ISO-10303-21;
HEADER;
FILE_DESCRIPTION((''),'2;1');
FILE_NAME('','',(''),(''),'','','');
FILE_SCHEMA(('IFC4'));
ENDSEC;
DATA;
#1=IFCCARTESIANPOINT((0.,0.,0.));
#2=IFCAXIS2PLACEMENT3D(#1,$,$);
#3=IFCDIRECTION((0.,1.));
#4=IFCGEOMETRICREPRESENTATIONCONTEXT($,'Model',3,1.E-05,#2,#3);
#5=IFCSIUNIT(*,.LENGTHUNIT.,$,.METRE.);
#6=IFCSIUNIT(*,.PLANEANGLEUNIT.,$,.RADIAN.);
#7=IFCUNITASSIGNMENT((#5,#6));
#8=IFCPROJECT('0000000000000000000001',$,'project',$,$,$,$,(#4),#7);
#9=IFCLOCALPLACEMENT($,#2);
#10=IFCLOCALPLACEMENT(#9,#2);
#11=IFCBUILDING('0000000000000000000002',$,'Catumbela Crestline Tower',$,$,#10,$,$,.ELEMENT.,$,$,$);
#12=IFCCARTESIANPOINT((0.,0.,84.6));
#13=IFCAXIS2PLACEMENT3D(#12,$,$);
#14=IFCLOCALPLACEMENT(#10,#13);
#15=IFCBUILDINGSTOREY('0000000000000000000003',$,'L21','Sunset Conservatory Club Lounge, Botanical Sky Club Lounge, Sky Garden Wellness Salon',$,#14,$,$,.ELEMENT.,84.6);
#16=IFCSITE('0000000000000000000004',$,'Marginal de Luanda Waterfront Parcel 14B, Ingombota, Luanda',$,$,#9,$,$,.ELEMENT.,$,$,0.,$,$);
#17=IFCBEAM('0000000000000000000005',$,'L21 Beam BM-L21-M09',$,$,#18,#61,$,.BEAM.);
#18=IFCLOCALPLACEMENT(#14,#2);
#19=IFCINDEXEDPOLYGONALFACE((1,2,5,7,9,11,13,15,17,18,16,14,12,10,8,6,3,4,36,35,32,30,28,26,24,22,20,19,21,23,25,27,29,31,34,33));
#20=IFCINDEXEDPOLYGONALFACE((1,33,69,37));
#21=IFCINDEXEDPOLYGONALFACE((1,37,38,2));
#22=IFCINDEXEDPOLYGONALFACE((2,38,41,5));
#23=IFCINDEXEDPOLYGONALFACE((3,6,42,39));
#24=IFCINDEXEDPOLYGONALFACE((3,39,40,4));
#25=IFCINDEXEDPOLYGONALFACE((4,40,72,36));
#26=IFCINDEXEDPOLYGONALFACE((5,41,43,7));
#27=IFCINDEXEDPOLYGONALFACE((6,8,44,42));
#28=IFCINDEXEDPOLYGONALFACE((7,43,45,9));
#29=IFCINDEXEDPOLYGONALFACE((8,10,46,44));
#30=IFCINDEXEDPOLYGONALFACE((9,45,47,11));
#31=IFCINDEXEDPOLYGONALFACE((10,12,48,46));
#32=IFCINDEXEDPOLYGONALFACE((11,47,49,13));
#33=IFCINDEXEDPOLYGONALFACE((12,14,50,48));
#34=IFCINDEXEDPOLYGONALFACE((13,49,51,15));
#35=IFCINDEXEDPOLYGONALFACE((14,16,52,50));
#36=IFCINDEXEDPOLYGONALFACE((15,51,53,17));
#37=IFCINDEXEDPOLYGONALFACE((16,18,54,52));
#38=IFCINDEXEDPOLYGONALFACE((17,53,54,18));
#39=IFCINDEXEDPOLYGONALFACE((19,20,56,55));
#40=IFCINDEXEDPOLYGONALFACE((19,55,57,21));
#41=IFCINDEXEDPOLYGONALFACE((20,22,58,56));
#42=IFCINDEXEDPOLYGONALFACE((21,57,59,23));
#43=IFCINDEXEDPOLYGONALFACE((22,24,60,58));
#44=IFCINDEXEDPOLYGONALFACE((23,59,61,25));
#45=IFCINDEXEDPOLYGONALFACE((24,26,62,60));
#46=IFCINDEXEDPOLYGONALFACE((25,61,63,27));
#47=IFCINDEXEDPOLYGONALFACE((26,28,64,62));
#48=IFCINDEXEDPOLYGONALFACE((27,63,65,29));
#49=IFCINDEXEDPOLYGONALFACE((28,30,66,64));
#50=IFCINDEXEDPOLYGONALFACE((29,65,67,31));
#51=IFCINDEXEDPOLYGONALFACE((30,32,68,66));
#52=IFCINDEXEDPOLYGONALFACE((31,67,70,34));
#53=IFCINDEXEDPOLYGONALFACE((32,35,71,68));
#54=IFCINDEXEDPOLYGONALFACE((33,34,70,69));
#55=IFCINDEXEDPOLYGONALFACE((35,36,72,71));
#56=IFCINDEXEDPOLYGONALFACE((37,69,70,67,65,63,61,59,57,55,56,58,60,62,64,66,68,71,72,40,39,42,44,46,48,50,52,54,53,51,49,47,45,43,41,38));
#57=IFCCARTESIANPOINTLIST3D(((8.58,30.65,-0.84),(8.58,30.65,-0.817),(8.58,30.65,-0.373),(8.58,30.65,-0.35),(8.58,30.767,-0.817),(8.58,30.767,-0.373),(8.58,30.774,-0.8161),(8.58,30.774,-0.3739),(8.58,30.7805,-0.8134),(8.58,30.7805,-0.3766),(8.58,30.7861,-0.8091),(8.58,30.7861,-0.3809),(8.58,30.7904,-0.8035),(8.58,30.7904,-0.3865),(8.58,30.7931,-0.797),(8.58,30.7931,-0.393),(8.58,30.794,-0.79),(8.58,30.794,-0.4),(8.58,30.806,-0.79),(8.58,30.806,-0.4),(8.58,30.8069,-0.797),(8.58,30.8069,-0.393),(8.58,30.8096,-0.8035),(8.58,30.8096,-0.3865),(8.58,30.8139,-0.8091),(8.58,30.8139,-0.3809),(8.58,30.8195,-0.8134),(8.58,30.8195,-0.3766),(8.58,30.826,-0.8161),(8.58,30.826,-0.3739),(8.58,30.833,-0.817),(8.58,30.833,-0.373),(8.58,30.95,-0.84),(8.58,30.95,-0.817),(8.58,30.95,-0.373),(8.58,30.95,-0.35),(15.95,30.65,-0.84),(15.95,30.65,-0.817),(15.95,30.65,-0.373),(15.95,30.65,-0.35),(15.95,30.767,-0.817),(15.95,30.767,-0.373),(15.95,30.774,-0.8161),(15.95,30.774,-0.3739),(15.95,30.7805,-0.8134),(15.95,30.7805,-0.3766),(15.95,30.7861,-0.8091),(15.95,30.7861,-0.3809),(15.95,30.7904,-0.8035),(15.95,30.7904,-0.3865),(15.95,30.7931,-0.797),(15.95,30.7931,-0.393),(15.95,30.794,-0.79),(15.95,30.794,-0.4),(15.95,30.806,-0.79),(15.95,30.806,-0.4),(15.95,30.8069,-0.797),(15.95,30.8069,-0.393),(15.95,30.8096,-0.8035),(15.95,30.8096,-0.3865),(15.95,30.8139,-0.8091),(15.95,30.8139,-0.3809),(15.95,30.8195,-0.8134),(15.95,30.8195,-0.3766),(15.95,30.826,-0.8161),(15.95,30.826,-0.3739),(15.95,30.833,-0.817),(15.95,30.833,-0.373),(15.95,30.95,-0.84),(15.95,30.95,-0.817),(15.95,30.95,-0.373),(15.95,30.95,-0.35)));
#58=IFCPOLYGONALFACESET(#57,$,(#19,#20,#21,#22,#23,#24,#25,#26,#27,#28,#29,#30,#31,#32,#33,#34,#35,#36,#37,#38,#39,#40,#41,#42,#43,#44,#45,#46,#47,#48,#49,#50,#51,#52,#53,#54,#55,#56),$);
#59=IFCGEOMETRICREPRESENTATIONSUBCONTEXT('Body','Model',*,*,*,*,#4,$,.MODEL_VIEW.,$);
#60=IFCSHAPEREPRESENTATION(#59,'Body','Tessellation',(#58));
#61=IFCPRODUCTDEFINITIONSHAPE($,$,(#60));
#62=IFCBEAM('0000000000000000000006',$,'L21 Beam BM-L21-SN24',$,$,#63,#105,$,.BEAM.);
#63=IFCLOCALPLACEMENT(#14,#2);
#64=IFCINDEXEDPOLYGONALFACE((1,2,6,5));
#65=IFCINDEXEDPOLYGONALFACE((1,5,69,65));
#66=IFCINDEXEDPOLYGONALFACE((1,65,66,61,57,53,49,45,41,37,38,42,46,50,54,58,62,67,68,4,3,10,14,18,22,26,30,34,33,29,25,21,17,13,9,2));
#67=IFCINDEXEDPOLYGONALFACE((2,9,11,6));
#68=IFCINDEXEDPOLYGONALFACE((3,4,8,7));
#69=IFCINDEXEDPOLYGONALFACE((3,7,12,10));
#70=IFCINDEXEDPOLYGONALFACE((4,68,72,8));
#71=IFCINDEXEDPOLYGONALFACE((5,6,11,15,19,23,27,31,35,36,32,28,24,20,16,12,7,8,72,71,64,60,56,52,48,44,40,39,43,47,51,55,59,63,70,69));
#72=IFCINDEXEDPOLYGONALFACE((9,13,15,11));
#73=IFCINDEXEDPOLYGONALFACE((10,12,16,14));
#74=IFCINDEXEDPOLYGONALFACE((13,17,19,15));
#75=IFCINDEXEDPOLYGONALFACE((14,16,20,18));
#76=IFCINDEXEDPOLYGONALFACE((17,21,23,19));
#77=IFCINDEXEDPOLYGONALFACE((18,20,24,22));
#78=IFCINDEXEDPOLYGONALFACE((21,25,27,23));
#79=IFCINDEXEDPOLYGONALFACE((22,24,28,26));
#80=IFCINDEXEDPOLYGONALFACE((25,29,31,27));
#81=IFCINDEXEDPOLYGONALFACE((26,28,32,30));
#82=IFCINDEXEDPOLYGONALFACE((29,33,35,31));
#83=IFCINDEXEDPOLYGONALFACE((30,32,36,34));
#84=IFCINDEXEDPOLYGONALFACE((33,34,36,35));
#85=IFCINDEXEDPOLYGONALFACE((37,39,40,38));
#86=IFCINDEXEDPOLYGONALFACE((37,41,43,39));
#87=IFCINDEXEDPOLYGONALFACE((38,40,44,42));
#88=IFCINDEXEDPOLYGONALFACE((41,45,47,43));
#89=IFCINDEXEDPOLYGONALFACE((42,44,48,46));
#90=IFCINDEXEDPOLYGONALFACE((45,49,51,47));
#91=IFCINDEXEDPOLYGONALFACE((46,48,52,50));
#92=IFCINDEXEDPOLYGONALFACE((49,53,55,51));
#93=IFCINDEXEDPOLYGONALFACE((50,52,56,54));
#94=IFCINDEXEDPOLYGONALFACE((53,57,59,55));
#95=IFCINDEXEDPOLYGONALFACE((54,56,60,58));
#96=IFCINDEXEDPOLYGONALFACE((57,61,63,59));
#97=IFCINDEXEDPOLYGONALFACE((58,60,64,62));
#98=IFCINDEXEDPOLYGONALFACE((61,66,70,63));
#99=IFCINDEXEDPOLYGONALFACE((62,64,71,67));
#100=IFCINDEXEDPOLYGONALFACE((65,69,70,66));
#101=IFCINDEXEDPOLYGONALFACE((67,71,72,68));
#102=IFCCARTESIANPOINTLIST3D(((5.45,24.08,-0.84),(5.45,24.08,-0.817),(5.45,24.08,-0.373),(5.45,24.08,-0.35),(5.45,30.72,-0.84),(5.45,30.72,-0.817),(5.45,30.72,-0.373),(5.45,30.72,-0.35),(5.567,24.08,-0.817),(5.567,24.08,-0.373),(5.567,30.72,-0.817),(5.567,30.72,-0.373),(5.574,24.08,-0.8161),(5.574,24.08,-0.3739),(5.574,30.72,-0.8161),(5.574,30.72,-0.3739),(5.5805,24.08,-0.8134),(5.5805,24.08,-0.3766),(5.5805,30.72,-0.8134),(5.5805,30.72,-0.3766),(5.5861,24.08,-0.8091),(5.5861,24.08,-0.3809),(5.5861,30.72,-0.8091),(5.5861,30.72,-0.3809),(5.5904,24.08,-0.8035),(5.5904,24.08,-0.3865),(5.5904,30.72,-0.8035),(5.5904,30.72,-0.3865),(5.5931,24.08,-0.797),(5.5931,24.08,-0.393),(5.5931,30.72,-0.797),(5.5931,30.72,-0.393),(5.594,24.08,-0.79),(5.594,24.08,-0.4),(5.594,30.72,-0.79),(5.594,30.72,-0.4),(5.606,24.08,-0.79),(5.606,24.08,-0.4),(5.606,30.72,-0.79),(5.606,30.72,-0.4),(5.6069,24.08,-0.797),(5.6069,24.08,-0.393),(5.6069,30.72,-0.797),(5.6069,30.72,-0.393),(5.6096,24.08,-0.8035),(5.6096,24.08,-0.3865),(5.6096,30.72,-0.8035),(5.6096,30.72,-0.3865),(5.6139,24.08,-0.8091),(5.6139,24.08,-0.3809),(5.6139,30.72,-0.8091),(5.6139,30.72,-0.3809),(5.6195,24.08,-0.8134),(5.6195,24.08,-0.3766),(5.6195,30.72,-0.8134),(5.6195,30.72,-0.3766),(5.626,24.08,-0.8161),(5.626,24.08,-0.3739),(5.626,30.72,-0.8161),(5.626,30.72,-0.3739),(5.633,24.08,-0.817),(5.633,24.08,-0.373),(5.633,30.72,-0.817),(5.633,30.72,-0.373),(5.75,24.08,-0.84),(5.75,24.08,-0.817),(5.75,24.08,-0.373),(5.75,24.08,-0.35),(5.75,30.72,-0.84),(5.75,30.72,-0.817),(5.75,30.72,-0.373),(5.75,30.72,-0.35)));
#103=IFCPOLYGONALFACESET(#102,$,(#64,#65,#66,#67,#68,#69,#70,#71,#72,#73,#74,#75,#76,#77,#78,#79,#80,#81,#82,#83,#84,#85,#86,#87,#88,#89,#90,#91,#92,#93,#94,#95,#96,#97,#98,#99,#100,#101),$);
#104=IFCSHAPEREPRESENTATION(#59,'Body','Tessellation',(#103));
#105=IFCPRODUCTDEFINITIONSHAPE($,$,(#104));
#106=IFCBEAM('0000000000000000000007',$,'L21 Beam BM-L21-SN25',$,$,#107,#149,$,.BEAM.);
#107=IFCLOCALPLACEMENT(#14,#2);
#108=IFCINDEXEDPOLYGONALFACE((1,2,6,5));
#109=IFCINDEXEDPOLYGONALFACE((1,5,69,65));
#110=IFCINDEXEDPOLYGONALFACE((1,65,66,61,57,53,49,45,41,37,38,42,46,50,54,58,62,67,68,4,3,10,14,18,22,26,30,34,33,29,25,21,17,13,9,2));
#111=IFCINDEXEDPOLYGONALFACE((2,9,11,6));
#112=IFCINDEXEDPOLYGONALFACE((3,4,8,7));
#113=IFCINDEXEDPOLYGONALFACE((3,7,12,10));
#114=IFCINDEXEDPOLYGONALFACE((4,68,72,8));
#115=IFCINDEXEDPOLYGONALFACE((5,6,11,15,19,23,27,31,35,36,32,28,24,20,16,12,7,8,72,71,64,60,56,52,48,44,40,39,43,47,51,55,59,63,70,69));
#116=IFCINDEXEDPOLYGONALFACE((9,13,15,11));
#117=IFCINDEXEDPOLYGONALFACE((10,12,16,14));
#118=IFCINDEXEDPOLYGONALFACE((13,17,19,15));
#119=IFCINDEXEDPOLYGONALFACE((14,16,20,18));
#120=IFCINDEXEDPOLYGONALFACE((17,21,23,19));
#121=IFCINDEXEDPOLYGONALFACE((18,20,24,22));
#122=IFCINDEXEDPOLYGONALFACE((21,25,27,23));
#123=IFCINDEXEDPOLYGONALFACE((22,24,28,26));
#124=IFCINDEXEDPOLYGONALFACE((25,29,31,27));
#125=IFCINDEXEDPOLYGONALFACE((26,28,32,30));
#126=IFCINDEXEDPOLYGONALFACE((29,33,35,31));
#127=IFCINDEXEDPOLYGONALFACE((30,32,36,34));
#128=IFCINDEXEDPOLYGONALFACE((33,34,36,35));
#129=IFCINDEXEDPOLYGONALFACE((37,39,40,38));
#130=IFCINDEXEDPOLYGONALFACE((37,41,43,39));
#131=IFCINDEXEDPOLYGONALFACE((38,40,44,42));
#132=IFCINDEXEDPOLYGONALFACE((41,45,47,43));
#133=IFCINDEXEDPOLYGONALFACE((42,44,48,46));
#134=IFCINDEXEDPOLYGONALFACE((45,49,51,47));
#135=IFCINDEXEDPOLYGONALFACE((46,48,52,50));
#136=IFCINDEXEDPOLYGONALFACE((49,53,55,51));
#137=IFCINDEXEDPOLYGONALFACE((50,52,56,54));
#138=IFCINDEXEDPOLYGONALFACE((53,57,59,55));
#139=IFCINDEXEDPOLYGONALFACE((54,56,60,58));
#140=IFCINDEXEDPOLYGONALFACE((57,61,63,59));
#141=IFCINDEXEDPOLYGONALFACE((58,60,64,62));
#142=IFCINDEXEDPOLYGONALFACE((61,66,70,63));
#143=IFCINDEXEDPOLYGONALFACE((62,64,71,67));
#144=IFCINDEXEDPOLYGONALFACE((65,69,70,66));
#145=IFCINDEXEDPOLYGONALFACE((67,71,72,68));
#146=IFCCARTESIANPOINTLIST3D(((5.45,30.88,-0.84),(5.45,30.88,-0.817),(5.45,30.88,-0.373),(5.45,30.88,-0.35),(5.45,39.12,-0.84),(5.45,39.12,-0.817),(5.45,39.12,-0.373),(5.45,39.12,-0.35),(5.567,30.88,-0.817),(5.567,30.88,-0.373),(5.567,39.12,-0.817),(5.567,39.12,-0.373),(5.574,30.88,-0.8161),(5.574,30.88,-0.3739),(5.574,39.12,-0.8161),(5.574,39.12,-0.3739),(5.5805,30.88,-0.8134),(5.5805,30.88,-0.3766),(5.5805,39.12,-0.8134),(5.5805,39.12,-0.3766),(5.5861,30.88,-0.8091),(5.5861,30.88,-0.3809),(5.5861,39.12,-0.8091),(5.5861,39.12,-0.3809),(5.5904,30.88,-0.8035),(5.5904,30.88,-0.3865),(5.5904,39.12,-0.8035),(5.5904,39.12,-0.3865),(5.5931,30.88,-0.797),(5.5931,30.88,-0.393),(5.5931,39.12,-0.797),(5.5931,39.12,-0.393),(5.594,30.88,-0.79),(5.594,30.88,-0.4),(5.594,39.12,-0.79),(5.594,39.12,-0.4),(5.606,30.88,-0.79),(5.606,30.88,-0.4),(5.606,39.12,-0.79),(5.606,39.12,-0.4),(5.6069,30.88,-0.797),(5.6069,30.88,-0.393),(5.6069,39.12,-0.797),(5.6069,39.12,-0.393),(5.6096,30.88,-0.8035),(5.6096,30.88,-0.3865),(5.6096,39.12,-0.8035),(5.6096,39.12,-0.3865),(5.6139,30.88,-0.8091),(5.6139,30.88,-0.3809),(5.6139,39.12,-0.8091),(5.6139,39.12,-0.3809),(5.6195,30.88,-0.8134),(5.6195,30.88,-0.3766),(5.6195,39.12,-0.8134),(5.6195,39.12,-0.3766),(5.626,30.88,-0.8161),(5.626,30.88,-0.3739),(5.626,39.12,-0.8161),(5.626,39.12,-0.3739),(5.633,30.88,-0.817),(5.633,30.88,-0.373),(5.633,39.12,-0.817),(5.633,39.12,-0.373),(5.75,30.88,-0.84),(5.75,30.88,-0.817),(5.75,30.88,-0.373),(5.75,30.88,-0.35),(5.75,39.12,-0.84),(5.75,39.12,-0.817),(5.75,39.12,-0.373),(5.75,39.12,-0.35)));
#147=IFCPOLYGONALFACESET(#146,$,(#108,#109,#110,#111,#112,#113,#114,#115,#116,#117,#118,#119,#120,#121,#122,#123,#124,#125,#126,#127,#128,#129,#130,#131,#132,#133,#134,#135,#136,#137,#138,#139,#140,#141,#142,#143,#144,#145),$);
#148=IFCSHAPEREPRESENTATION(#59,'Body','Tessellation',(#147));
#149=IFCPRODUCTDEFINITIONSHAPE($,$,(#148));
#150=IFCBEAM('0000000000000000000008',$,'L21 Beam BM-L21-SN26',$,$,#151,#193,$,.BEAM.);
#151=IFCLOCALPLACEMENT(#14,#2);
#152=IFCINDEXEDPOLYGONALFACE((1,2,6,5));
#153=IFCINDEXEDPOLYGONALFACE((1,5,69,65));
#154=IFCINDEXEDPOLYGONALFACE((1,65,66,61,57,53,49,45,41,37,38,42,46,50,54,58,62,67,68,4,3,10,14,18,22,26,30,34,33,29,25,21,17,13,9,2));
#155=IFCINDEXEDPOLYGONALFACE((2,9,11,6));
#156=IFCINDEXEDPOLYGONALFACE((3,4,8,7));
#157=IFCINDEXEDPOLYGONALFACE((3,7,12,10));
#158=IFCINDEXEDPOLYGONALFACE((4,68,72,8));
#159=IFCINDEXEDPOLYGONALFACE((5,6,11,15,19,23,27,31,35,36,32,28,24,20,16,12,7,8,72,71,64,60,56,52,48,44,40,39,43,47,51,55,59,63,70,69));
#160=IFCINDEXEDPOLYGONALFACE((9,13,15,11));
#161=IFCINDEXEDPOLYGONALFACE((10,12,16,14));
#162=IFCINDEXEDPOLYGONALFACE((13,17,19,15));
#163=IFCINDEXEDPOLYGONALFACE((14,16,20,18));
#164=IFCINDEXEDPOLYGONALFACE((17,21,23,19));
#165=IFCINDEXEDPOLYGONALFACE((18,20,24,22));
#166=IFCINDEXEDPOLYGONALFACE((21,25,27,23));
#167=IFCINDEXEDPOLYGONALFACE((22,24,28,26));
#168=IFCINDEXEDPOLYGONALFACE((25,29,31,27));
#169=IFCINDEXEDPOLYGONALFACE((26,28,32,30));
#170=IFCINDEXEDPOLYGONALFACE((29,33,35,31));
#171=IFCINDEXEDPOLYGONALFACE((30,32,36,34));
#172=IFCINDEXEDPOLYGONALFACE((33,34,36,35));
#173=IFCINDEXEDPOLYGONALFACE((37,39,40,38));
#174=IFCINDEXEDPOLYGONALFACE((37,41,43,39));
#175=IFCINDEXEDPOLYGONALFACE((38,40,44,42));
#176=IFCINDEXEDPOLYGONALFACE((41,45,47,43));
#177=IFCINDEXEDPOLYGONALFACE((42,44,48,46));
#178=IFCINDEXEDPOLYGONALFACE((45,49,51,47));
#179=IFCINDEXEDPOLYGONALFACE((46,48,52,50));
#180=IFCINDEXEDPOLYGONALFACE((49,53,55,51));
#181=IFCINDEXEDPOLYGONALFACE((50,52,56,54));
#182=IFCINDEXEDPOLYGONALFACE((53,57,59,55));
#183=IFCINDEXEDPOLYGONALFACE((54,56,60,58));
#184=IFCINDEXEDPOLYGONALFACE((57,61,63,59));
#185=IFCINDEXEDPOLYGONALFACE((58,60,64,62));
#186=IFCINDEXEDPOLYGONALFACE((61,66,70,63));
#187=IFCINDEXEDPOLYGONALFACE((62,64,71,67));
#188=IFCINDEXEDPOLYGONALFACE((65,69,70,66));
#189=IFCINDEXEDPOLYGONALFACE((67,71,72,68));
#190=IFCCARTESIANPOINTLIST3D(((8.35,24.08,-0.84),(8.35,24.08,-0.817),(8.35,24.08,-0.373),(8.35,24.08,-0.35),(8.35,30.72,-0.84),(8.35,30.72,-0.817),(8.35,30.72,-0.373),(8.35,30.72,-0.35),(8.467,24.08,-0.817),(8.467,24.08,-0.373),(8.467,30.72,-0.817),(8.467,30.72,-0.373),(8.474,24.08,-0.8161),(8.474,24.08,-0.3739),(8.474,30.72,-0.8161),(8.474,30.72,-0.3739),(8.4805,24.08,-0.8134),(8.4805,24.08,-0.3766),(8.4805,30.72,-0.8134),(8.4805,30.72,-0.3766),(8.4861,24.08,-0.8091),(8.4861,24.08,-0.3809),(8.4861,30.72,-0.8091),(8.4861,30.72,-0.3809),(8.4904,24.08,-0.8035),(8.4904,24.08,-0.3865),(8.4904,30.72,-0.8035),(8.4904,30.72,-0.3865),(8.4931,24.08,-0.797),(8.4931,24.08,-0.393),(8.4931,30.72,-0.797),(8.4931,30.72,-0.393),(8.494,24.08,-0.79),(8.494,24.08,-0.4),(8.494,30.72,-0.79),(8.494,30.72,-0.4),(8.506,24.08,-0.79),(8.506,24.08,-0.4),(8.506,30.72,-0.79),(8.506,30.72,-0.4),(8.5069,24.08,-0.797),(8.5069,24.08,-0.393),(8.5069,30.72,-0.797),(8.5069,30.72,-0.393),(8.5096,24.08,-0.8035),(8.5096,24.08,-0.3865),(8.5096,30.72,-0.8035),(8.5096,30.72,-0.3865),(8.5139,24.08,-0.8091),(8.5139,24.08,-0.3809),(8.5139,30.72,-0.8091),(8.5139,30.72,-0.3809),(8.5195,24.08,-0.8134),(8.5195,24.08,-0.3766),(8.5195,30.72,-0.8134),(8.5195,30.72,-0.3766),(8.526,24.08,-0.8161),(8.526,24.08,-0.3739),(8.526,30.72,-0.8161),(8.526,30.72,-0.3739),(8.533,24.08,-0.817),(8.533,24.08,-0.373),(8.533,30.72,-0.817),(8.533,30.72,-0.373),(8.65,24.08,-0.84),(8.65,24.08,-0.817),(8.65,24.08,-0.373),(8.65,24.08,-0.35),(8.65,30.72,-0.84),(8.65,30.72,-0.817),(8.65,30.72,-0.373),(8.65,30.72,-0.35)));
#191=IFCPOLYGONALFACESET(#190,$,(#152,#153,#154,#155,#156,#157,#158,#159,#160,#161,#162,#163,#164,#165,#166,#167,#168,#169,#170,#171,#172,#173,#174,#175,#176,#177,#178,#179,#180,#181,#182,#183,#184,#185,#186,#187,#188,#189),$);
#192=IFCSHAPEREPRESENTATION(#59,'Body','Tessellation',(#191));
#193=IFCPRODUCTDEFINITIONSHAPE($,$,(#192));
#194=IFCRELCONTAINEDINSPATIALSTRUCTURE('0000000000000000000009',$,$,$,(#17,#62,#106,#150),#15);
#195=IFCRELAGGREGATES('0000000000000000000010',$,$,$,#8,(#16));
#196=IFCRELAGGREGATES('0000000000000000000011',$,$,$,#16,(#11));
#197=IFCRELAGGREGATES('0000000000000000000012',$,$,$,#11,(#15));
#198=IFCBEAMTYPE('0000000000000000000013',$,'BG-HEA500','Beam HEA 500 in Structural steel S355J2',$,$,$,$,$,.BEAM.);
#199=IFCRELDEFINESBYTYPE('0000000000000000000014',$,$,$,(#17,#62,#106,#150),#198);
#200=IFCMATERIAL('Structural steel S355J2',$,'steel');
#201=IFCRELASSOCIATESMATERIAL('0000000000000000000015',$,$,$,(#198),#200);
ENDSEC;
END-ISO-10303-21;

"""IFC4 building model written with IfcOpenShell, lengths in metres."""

from ifc_helpers import new_model, si_unit, direction, frame, origin, origin_2d, place, context, subcontext, project, spatial, i_section, extrude, material, material_profile, profile_set, type_object, element, save


model = new_model("IFC4")

# Units and contexts
model_context = context("Model", 3, precision=1e-05, world=origin(), true_north=direction((0.0, 1.0)))
body_context = subcontext(model_context, "Body", "Model", "MODEL_VIEW")
ifc_project = project(units=[si_unit("LENGTHUNIT", "METRE"), si_unit("PLANEANGLEUNIT", "RADIAN")], contexts=[model_context])

# Site, building, storey
site_placement = place(None, origin())
site = spatial("IfcSite", under=ifc_project, at=site_placement, Name="Marginal de Luanda Waterfront Parcel 14B, Ingombota, Luanda", CompositionType="ELEMENT", RefElevation=0.0)
building_placement = place(site_placement, origin())
building = spatial("IfcBuilding", under=site, at=building_placement, Name="Catumbela Crestline Tower", CompositionType="ELEMENT")
storey_placement = place(building_placement, frame((0.0, 0.0, 84.6)))
storey = spatial("IfcBuildingStorey", under=building, at=storey_placement, Name="L21", Description="Sunset Conservatory Club Lounge, Botanical Sky Club Lounge, Sky Garden Wellness Salon", CompositionType="ELEMENT", Elevation=84.6)

# Beams
ifc_material_1 = material(Name="Structural steel S355J2", Category="steel")
ifc_material_profile_1 = material_profile(ifc_material_1, i_section(OverallWidth=0.3, OverallDepth=0.49, WebThickness=0.012, FlangeThickness=0.023, FilletRadius=0.027, at=origin_2d()), Name="HEA 500")
ifc_profile_set_1 = profile_set([ifc_material_profile_1], Name="Structural steel S355J2")
beam_type_1 = type_object("IfcBeamType", Name="BG-HEA500", Description="Beam HEA 500 in Structural steel S355J2", PredefinedType="BEAM", material=ifc_profile_set_1)
beam_1_placement = place(storey_placement, frame((8.58, 30.8, -0.595), z_axis=(1.0, 0.0, 0.0), x_axis=(0.0, 1.0, 0.0)))
element("IfcBeam", 1, at=beam_1_placement, inside=storey, type_object=beam_type_1, Name="L21 Beam BM-L21-M09", PredefinedType="BEAM", context=body_context, shape_type="SweptSolid", body=[
    extrude(i_section(OverallWidth=0.3, OverallDepth=0.49, WebThickness=0.012, FlangeThickness=0.023, FilletRadius=0.027, at=origin_2d()), origin(), (0.0, 0.0, 1.0), 7.37),
])
beam_2_placement = place(storey_placement, frame((5.6, 24.08, -0.595), z_axis=(0.0, 1.0, 0.0), x_axis=(-1.0, 0.0, 0.0)))
element("IfcBeam", 2, at=beam_2_placement, inside=storey, type_object=beam_type_1, Name="L21 Beam BM-L21-SN24", PredefinedType="BEAM", context=body_context, shape_type="SweptSolid", body=[
    extrude(i_section(OverallWidth=0.3, OverallDepth=0.49, WebThickness=0.012, FlangeThickness=0.023, FilletRadius=0.027, at=origin_2d()), origin(), (0.0, 0.0, 1.0), 6.64),
])
beam_3_placement = place(storey_placement, frame((5.6, 30.88, -0.595), z_axis=(0.0, 1.0, 0.0), x_axis=(-1.0, 0.0, 0.0)))
element("IfcBeam", 3, at=beam_3_placement, inside=storey, type_object=beam_type_1, Name="L21 Beam BM-L21-SN25", PredefinedType="BEAM", context=body_context, shape_type="SweptSolid", body=[
    extrude(i_section(OverallWidth=0.3, OverallDepth=0.49, WebThickness=0.012, FlangeThickness=0.023, FilletRadius=0.027, at=origin_2d()), origin(), (0.0, 0.0, 1.0), 8.24),
])
beam_4_placement = place(storey_placement, frame((8.5, 24.08, -0.595), z_axis=(0.0, 1.0, 0.0), x_axis=(-1.0, 0.0, 0.0)))
element("IfcBeam", 4, at=beam_4_placement, inside=storey, type_object=beam_type_1, Name="L21 Beam BM-L21-SN26", PredefinedType="BEAM", context=body_context, shape_type="SweptSolid", body=[
    extrude(i_section(OverallWidth=0.3, OverallDepth=0.49, WebThickness=0.012, FlangeThickness=0.023, FilletRadius=0.027, at=origin_2d()), origin(), (0.0, 0.0, 1.0), 6.64),
])

save(model, "model.ifc")
